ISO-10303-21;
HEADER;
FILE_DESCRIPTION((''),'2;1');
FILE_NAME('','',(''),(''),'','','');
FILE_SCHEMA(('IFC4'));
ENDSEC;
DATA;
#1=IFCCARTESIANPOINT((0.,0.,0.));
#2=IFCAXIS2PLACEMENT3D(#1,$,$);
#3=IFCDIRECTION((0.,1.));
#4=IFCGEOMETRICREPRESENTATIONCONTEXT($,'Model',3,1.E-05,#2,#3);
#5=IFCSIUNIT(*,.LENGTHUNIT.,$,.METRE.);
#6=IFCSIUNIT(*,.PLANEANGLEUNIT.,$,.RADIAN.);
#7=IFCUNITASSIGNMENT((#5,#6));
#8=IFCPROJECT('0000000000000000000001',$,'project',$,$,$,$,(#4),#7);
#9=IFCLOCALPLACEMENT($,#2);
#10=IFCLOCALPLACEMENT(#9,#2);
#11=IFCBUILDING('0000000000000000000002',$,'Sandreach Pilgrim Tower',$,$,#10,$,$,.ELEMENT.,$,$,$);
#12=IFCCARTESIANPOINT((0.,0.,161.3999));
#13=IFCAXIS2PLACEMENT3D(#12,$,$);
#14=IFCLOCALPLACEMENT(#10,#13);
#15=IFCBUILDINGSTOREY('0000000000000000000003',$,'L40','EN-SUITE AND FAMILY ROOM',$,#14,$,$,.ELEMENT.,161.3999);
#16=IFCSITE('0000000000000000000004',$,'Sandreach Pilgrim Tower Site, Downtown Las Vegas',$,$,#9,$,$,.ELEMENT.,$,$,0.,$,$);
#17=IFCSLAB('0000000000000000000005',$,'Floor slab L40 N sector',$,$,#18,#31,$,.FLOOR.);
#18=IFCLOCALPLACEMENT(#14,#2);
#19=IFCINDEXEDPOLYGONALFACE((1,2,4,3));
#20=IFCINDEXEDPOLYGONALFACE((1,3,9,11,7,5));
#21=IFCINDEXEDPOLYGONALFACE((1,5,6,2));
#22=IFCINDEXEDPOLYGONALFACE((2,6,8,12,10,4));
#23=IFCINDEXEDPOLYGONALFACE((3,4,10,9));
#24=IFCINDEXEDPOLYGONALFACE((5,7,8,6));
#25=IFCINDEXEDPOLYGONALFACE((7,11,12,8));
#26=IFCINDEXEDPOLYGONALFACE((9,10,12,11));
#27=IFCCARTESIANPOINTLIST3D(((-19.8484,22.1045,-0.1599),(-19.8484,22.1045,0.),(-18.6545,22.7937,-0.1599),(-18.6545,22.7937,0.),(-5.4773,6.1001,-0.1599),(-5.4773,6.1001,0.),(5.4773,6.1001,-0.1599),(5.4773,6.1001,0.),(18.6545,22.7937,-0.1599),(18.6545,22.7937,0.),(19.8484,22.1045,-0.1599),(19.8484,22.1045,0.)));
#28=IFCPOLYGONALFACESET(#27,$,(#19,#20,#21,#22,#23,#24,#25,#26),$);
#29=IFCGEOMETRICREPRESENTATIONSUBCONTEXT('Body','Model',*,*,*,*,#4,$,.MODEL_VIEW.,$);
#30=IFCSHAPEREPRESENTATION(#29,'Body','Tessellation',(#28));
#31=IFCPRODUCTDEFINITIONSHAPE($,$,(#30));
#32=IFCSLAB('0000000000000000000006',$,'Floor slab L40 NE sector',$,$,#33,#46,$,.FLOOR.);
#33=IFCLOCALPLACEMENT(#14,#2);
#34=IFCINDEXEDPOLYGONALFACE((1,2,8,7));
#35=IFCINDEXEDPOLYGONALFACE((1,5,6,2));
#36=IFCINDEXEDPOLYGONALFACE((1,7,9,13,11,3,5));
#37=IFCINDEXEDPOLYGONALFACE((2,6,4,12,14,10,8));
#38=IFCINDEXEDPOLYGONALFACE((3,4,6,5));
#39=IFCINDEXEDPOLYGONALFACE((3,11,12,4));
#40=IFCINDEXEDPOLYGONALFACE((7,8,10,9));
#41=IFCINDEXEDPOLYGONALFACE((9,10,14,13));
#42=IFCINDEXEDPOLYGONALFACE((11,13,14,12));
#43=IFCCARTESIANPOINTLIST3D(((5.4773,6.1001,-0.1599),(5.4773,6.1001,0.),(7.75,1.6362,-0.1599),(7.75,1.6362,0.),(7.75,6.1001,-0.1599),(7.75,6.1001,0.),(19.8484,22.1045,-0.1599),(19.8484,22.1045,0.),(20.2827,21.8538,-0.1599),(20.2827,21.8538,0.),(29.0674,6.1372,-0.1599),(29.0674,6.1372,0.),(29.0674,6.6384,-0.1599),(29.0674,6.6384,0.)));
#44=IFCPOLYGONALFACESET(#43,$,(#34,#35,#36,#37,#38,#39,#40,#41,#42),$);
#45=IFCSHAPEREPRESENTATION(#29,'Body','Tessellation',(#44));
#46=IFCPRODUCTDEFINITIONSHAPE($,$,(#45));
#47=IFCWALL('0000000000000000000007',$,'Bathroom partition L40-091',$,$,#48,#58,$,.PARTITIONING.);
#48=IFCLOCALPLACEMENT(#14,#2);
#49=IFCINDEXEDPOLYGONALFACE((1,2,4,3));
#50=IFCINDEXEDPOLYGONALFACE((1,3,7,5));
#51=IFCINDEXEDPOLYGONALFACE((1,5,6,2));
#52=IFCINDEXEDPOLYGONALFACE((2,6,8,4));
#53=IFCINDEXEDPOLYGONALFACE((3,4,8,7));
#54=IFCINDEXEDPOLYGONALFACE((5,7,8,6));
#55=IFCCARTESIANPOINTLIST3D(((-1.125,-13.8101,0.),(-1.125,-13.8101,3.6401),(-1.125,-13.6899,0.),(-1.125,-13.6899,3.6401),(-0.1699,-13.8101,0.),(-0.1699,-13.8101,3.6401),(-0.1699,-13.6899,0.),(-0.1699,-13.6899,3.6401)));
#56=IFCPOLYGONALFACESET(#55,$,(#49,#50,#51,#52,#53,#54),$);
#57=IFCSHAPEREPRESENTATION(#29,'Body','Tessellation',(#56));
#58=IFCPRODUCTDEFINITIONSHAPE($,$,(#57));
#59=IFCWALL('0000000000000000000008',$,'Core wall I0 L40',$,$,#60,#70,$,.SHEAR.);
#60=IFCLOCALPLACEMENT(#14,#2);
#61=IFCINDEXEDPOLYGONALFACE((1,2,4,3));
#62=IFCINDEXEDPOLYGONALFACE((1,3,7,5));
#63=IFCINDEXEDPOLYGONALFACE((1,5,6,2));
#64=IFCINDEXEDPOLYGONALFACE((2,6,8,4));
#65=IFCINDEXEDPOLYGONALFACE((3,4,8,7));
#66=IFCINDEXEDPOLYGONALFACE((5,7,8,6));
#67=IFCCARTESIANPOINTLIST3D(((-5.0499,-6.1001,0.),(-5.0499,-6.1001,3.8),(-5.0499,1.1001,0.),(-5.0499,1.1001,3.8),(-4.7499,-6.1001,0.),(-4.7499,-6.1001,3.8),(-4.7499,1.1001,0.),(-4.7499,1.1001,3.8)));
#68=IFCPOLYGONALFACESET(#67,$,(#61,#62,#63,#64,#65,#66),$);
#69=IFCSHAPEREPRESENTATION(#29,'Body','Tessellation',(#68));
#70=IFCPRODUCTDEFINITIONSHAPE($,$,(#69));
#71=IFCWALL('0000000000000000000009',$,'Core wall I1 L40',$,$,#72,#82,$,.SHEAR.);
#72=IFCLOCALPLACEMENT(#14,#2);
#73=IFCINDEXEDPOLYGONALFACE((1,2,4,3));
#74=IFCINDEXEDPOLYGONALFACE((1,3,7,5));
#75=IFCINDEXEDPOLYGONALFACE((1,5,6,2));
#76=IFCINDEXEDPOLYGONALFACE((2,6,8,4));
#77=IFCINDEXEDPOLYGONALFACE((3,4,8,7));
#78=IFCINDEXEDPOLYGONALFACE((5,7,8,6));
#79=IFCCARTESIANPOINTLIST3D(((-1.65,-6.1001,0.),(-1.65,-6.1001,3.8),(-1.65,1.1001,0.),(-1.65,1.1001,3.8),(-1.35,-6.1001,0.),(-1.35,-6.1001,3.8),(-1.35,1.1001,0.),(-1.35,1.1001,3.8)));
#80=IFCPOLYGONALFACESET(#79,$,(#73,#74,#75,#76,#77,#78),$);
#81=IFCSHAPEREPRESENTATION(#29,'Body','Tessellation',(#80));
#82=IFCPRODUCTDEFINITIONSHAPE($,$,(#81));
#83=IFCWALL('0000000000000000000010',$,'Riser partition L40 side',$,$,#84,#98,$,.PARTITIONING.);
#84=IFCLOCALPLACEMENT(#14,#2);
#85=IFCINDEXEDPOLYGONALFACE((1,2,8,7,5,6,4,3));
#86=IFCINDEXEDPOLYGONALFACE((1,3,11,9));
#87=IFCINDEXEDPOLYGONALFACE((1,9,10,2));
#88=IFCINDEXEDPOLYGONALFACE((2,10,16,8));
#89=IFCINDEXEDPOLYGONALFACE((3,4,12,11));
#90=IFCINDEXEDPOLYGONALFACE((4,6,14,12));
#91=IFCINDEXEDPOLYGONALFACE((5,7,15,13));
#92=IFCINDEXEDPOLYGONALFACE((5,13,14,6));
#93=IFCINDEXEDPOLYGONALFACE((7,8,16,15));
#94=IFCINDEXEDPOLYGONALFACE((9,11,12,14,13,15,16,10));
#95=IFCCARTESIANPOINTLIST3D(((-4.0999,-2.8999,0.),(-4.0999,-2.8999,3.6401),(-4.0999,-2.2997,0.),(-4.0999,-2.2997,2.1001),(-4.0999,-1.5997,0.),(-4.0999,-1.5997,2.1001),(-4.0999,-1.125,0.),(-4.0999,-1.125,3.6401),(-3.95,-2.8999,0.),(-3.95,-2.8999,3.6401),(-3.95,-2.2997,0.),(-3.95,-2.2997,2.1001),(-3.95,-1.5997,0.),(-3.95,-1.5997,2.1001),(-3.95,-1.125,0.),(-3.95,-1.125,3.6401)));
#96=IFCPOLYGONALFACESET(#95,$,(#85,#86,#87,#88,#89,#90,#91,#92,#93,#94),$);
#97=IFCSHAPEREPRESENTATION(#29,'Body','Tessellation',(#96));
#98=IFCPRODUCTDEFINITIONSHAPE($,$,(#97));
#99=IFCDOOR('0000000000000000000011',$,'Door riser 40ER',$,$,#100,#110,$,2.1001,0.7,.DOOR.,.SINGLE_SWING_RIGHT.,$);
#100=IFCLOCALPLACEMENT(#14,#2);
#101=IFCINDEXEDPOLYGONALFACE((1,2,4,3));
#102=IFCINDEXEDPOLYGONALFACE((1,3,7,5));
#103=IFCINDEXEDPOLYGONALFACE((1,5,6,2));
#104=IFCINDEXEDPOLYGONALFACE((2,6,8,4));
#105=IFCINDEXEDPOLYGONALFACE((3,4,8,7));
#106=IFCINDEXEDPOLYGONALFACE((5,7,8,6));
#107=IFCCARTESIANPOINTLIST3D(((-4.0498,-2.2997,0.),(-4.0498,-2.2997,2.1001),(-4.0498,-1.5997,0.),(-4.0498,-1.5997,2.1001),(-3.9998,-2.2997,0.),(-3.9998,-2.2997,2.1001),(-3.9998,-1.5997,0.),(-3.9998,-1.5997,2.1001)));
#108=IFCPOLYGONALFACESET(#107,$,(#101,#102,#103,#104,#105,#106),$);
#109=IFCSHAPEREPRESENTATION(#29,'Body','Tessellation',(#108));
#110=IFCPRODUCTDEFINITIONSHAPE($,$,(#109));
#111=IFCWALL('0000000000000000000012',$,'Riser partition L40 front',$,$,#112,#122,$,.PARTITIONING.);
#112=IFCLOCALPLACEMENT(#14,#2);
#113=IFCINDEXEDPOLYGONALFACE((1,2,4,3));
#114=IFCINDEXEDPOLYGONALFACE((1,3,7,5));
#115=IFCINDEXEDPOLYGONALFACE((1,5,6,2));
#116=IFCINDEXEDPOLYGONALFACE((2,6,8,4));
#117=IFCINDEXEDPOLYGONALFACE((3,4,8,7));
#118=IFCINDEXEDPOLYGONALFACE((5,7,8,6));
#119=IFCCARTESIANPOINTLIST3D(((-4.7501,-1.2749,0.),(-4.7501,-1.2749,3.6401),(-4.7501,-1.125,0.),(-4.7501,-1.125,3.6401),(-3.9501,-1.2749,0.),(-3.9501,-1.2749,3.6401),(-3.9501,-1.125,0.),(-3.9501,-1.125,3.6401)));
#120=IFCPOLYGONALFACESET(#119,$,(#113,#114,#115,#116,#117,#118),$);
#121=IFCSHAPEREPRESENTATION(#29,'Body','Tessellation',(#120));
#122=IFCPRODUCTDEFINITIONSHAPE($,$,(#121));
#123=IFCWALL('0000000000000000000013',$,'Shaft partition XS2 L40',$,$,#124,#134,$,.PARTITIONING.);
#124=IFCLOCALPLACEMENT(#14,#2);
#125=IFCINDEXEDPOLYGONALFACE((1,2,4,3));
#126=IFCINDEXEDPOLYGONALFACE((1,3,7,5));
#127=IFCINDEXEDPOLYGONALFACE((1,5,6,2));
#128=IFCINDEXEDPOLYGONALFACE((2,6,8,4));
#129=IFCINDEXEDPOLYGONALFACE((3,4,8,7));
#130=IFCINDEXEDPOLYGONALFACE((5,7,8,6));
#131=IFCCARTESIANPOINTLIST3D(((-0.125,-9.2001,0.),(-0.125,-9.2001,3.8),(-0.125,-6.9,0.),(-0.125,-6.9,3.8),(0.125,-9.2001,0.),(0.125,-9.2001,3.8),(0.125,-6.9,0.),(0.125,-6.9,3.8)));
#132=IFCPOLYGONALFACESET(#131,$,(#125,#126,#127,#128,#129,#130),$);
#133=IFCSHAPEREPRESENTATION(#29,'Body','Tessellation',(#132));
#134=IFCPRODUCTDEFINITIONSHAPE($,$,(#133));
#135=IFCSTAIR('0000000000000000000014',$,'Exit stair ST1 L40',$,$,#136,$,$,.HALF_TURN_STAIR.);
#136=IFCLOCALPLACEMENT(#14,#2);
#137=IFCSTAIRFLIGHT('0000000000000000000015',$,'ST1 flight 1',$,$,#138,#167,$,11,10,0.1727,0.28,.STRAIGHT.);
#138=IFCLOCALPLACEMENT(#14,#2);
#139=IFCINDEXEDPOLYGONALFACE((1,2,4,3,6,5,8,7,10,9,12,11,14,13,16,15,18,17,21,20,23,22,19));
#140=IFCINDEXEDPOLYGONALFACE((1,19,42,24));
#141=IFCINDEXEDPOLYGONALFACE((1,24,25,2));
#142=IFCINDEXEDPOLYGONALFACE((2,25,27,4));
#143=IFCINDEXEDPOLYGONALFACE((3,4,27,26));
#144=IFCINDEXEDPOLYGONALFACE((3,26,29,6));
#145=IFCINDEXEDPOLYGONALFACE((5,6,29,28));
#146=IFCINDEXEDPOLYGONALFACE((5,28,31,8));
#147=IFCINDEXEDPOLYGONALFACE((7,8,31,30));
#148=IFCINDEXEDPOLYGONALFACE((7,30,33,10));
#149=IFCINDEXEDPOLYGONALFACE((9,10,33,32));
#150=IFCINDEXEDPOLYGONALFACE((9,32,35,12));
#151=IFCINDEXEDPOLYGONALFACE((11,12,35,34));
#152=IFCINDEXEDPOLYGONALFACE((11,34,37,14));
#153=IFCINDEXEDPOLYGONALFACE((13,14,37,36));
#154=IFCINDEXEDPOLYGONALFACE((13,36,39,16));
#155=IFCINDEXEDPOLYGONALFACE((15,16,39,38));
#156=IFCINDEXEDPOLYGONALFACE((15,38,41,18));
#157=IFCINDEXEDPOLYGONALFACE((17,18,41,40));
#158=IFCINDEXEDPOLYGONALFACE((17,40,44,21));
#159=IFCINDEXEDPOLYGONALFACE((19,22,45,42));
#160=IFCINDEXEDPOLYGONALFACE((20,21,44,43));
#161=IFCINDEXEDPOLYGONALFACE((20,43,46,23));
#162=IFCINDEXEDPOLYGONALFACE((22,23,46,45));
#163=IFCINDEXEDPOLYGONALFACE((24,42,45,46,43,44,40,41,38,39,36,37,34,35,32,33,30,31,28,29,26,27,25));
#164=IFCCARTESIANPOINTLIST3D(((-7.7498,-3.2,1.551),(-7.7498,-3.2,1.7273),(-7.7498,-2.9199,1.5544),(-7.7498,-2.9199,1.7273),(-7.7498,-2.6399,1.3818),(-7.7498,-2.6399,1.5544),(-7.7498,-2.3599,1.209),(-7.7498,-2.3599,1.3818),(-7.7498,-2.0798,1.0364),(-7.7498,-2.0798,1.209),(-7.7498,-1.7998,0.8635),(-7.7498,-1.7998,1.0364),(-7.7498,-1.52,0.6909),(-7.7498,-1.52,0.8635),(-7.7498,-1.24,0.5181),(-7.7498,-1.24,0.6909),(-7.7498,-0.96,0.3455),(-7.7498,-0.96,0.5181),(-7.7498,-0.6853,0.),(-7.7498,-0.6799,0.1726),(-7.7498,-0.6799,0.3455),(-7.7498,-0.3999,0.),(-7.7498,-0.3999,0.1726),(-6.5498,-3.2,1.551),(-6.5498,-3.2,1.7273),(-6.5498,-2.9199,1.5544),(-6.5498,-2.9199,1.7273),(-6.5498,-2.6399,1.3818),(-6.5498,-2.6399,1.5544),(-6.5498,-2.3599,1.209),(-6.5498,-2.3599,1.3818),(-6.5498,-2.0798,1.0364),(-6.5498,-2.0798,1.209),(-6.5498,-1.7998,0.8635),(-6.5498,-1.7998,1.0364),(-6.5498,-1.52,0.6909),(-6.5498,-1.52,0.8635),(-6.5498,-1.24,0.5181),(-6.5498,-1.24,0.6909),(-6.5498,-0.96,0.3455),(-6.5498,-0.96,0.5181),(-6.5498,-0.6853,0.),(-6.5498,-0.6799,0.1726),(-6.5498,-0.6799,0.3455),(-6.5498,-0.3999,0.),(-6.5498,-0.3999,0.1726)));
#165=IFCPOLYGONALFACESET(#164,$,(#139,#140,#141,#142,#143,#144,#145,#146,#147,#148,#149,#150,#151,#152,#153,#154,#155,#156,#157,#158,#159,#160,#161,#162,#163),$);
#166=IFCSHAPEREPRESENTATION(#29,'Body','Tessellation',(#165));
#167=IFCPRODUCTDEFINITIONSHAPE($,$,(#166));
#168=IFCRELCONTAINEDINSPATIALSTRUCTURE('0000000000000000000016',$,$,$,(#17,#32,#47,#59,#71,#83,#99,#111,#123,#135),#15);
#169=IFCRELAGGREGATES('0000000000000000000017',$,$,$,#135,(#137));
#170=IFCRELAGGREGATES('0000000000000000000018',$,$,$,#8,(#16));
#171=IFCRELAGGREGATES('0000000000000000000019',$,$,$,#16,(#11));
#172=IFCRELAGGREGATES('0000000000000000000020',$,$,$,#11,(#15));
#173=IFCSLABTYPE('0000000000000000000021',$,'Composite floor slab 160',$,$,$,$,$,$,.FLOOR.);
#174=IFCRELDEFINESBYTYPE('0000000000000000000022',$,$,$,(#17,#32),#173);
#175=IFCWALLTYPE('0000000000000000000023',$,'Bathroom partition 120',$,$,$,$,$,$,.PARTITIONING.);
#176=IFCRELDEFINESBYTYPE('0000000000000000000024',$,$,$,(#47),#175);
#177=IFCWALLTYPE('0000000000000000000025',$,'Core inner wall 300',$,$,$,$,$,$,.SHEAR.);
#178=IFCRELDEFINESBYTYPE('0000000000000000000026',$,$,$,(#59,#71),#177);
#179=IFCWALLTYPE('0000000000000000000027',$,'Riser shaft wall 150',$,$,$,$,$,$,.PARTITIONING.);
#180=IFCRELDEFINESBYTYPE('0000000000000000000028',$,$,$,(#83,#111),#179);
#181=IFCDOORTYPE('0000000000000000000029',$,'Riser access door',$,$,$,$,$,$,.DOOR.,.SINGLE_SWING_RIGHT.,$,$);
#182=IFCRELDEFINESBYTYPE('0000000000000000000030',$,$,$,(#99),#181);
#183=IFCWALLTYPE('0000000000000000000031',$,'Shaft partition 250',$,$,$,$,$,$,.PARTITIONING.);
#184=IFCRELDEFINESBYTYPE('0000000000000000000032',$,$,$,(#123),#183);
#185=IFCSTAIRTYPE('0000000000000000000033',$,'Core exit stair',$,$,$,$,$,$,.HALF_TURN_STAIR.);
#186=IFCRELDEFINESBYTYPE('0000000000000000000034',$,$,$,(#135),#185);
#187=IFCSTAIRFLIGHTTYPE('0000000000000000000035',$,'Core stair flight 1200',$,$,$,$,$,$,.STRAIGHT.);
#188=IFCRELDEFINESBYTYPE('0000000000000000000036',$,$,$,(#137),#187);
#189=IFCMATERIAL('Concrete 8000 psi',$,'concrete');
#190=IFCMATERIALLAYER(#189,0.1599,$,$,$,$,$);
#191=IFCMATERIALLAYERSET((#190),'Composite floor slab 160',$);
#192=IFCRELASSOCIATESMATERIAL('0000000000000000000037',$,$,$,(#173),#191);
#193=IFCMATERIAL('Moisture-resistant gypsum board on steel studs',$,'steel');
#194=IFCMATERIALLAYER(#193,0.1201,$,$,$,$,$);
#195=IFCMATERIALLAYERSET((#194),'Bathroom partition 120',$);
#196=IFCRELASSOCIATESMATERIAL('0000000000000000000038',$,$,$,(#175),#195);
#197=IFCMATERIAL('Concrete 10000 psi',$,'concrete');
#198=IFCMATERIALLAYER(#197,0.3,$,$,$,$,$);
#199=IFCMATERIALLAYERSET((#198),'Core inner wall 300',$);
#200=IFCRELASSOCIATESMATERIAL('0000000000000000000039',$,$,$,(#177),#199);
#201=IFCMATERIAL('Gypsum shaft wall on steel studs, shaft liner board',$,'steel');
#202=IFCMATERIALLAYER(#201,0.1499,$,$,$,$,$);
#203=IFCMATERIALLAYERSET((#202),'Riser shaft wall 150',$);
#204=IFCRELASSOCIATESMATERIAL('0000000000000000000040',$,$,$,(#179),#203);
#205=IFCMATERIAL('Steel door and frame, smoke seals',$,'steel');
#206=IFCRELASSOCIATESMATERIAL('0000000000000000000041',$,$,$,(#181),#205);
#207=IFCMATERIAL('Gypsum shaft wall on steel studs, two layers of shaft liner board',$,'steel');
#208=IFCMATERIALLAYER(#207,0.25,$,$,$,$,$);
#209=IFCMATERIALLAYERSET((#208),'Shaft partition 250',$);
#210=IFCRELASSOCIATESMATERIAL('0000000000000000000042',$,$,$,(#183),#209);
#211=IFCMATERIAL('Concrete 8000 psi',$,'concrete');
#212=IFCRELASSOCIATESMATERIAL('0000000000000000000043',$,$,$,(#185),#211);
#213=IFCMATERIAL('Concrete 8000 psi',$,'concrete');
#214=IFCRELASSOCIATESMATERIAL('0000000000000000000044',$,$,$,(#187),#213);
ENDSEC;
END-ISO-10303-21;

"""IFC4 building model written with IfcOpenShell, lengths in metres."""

from ifc_helpers import new_model, si_unit, direction, frame, frame_2d, origin, place, context, subcontext, project, spatial, polyline, rectangle, outline, extrude, material, layer, layer_set, type_object, element, fill, aggregate, save


model = new_model("IFC4")

# Units and contexts
model_context = context("Model", 3, precision=1e-05, world=origin(), true_north=direction((0.0, 1.0)))
body_context = subcontext(model_context, "Body", "Model", "MODEL_VIEW")
ifc_project = project(units=[si_unit("LENGTHUNIT", "METRE"), si_unit("PLANEANGLEUNIT", "RADIAN")], contexts=[model_context])

# Site, building, storey
site_placement = place(None, origin())
site = spatial("IfcSite", under=ifc_project, at=site_placement, Name="Sandreach Pilgrim Tower Site, Downtown Las Vegas", CompositionType="ELEMENT", RefElevation=0.0)
building_placement = place(site_placement, origin())
building = spatial("IfcBuilding", under=site, at=building_placement, Name="Sandreach Pilgrim Tower", CompositionType="ELEMENT")
storey_placement = place(building_placement, frame((0.0, 0.0, 161.3999)))
storey = spatial("IfcBuildingStorey", under=building, at=storey_placement, Name="L40", Description="EN-SUITE AND FAMILY ROOM", CompositionType="ELEMENT", Elevation=161.3999)

# Slabs
ifc_material_1 = material(Name="Concrete 8000 psi", Category="concrete")
ifc_layer_1 = layer(ifc_material_1, 0.1599)
ifc_layer_set_1 = layer_set([ifc_layer_1], Name="Composite floor slab 160")
slab_type = type_object("IfcSlabType", Name="Composite floor slab 160", PredefinedType="FLOOR", material=ifc_layer_set_1)
slab_1_placement = place(storey_placement, frame((0.0, 0.0, -0.1599)))
element("IfcSlab", 1, at=slab_1_placement, inside=storey, type_object=slab_type, Name="Floor slab L40 N sector", PredefinedType="FLOOR", context=body_context, shape_type="SweptSolid", body=[
    extrude(outline(polyline([(-18.6545, 22.7937), (18.6545, 22.7937), (19.8484, 22.1045), (5.4773, 6.1001), (-5.4773, 6.1001), (-19.8484, 22.1045), (-18.6545, 22.7937)])), origin(), (0.0, 0.0, 1.0), 0.1599),
])
slab_2_placement = place(storey_placement, frame((0.0, 0.0, -0.1599)))
element("IfcSlab", 2, at=slab_2_placement, inside=storey, type_object=slab_type, Name="Floor slab L40 NE sector", PredefinedType="FLOOR", context=body_context, shape_type="SweptSolid", body=[
    extrude(outline(polyline([(20.2827, 21.8538), (29.0674, 6.6384), (29.0674, 6.1372), (7.75, 1.6362), (7.75, 6.1001), (5.4773, 6.1001), (19.8484, 22.1045), (20.2827, 21.8538)])), origin(), (0.0, 0.0, 1.0), 0.1599),
])

# Walls
ifc_material_2 = material(Name="Moisture-resistant gypsum board on steel studs", Category="steel")
ifc_layer_2 = layer(ifc_material_2, 0.1201)
ifc_layer_set_2 = layer_set([ifc_layer_2], Name="Bathroom partition 120")
wall_type_1 = type_object("IfcWallType", Name="Bathroom partition 120", PredefinedType="PARTITIONING", material=ifc_layer_set_2)
wall_1_placement = place(storey_placement, frame((-1.125, -13.75, 0.0), z_axis=(0.0, 0.0, 1.0), x_axis=(1.0, 0.0, 0.0)))
element("IfcWall", 3, at=wall_1_placement, inside=storey, type_object=wall_type_1, Name="Bathroom partition L40-091", PredefinedType="PARTITIONING", context=body_context, shape_type="SweptSolid", body=[
    extrude(rectangle(XDim=0.9551, YDim=0.1201, at=frame_2d((0.4775, 0.0))), origin(), (0.0, 0.0, 1.0), 3.6401),
])
ifc_material_3 = material(Name="Concrete 10000 psi", Category="concrete")
ifc_layer_3 = layer(ifc_material_3, 0.3)
ifc_layer_set_3 = layer_set([ifc_layer_3], Name="Core inner wall 300")
wall_type_2 = type_object("IfcWallType", Name="Core inner wall 300", PredefinedType="SHEAR", material=ifc_layer_set_3)
for number, where, z_axis, x_axis, name in (
    (4, (-4.8999, -6.1001, 0.0), (0.0, 0.0, 1.0), (0.0, 1.0, 0.0), "Core wall I0 L40"),
    (5, (-1.5, -6.1001, 0.0), (0.0, 0.0, 1.0), (0.0, 1.0, 0.0), "Core wall I1 L40"),
):
    element("IfcWall", number, at=place(storey_placement, frame(where, z_axis=z_axis, x_axis=x_axis)), inside=storey, type_object=wall_type_2, Name=name, PredefinedType="SHEAR", context=body_context, shape_type="SweptSolid", body=[
        extrude(rectangle(XDim=7.2002, YDim=0.3, at=frame_2d((3.6001, 0.0))), origin(), (0.0, 0.0, 1.0), 3.8),
    ])

# Wall, opening, door
ifc_material_4 = material(Name="Gypsum shaft wall on steel studs, shaft liner board", Category="steel")
ifc_layer_4 = layer(ifc_material_4, 0.1499)
ifc_layer_set_4 = layer_set([ifc_layer_4], Name="Riser shaft wall 150")
wall_type_3 = type_object("IfcWallType", Name="Riser shaft wall 150", PredefinedType="PARTITIONING", material=ifc_layer_set_4)
wall_2_placement = place(storey_placement, frame((-4.0249, -2.8999, 0.0), z_axis=(0.0, 0.0, 1.0), x_axis=(0.0, 1.0, 0.0)))
wall_2 = element("IfcWall", 6, at=wall_2_placement, inside=storey, type_object=wall_type_3, Name="Riser partition L40 side", PredefinedType="PARTITIONING", context=body_context, shape_type="SweptSolid", body=[
    extrude(rectangle(XDim=1.7749, YDim=0.1499, at=frame_2d((0.8875, 0.0))), origin(), (0.0, 0.0, 1.0), 3.6401),
])
opening_1_placement = place(wall_2_placement, frame((0.6001, 0.0, 0.0)))
opening_1 = element("IfcOpeningElement", 7, at=opening_1_placement, cuts=wall_2, PredefinedType="OPENING", context=body_context, shape_type="SweptSolid", body=[
    extrude(rectangle(XDim=0.7, YDim=2.1001, at=frame_2d((0.3501, 1.05))), frame((0.0, 0.075, 0.0), z_axis=(0.0, -1.0, 0.0), x_axis=(1.0, 0.0, 0.0)), (0.0, 0.0, 1.0), 0.1499),
])
ifc_material_5 = material(Name="Steel door and frame, smoke seals", Category="steel")
door_type_1 = type_object("IfcDoorType", Name="Riser access door", OperationType="SINGLE_SWING_RIGHT", PredefinedType="DOOR", material=ifc_material_5)
door_1_placement = place(opening_1_placement, origin())
door_1 = element("IfcDoor", 8, at=door_1_placement, inside=storey, type_object=door_type_1, Name="Door riser 40ER", OperationType="SINGLE_SWING_RIGHT", OverallHeight=2.1001, OverallWidth=0.7, PredefinedType="DOOR", context=body_context, shape_type="SweptSolid", body=[
    extrude(rectangle(XDim=0.7, YDim=2.1001, at=frame_2d((0.3501, 1.05))), frame((0.0, 0.0249, 0.0), z_axis=(0.0, -1.0, 0.0), x_axis=(1.0, 0.0, 0.0)), (0.0, 0.0, 1.0), 0.05),
])
fill(opening_1, door_1)

# Walls
wall_3_placement = place(storey_placement, frame((-4.75, -1.2, 0.0), z_axis=(0.0, 0.0, 1.0), x_axis=(1.0, 0.0, 0.0)))
element("IfcWall", 9, at=wall_3_placement, inside=storey, type_object=wall_type_3, Name="Riser partition L40 front", PredefinedType="PARTITIONING", context=body_context, shape_type="SweptSolid", body=[
    extrude(rectangle(XDim=0.8, YDim=0.1499, at=frame_2d((0.3999, 0.0))), origin(), (0.0, 0.0, 1.0), 3.6401),
])
ifc_material_6 = material(Name="Gypsum shaft wall on steel studs, two layers of shaft liner board", Category="steel")
ifc_layer_5 = layer(ifc_material_6, 0.25)
ifc_layer_set_5 = layer_set([ifc_layer_5], Name="Shaft partition 250")
wall_type_4 = type_object("IfcWallType", Name="Shaft partition 250", PredefinedType="PARTITIONING", material=ifc_layer_set_5)
wall_4_placement = place(storey_placement, frame((0.0, -9.2, 0.0), z_axis=(0.0, 0.0, 1.0), x_axis=(0.0, 1.0, 0.0)))
element("IfcWall", 10, at=wall_4_placement, inside=storey, type_object=wall_type_4, Name="Shaft partition XS2 L40", PredefinedType="PARTITIONING", context=body_context, shape_type="SweptSolid", body=[
    extrude(rectangle(XDim=2.3, YDim=0.25, at=frame_2d((1.1499, 0.0))), origin(), (0.0, 0.0, 1.0), 3.8),
])

# Stair, stair flight
ifc_material_7 = material(Name="Concrete 8000 psi", Category="concrete")
stair_type = type_object("IfcStairType", Name="Core exit stair", PredefinedType="HALF_TURN_STAIR", material=ifc_material_7)
stair_1_placement = place(storey_placement, origin())
stair_1 = element("IfcStair", 11, at=stair_1_placement, inside=storey, type_object=stair_type, Name="Exit stair ST1 L40", PredefinedType="HALF_TURN_STAIR")
ifc_material_8 = material(Name="Concrete 8000 psi", Category="concrete")
stair_flight_type = type_object("IfcStairFlightType", Name="Core stair flight 1200", PredefinedType="STRAIGHT", material=ifc_material_8)
stair_flight_1_placement = place(storey_placement, frame((-7.1499, -0.3999, 0.0), z_axis=(0.0, 0.0, 1.0), x_axis=(0.0, -1.0, 0.0)))
stair_flight_1 = element("IfcStairFlight", 12, at=stair_flight_1_placement, type_object=stair_flight_type, Name="ST1 flight 1", NumberOfRisers=11, NumberOfTreads=10, PredefinedType="STRAIGHT", RiserHeight=0.1727, TreadLength=0.28, context=body_context, shape_type="SweptSolid", body=[
    extrude(outline(polyline([(0.0, 0.0), (0.0, 0.1726), (0.28, 0.1726), (0.28, 0.3455), (0.5601, 0.3455), (0.5601, 0.5181), (0.8401, 0.5181), (0.8401, 0.6909), (1.1201, 0.6909), (1.1201, 0.8635), (1.3999, 0.8635), (1.3999, 1.0364), (1.6799, 1.0364), (1.6799, 1.209), (1.96, 1.209), (1.96, 1.3818), (2.24, 1.3818), (2.24, 1.5544), (2.52, 1.5544), (2.52, 1.7273), (2.8, 1.7273), (2.8, 1.8999), (2.8, 1.551), (0.2854, 0.0), (0.0, 0.0)])), frame((0.0, 0.6001, 0.0), z_axis=(0.0, -1.0, 0.0), x_axis=(1.0, 0.0, 0.0)), (0.0, 0.0, 1.0), 1.2),
])
aggregate(stair_1, [stair_flight_1])

save(model, "model.ifc")
